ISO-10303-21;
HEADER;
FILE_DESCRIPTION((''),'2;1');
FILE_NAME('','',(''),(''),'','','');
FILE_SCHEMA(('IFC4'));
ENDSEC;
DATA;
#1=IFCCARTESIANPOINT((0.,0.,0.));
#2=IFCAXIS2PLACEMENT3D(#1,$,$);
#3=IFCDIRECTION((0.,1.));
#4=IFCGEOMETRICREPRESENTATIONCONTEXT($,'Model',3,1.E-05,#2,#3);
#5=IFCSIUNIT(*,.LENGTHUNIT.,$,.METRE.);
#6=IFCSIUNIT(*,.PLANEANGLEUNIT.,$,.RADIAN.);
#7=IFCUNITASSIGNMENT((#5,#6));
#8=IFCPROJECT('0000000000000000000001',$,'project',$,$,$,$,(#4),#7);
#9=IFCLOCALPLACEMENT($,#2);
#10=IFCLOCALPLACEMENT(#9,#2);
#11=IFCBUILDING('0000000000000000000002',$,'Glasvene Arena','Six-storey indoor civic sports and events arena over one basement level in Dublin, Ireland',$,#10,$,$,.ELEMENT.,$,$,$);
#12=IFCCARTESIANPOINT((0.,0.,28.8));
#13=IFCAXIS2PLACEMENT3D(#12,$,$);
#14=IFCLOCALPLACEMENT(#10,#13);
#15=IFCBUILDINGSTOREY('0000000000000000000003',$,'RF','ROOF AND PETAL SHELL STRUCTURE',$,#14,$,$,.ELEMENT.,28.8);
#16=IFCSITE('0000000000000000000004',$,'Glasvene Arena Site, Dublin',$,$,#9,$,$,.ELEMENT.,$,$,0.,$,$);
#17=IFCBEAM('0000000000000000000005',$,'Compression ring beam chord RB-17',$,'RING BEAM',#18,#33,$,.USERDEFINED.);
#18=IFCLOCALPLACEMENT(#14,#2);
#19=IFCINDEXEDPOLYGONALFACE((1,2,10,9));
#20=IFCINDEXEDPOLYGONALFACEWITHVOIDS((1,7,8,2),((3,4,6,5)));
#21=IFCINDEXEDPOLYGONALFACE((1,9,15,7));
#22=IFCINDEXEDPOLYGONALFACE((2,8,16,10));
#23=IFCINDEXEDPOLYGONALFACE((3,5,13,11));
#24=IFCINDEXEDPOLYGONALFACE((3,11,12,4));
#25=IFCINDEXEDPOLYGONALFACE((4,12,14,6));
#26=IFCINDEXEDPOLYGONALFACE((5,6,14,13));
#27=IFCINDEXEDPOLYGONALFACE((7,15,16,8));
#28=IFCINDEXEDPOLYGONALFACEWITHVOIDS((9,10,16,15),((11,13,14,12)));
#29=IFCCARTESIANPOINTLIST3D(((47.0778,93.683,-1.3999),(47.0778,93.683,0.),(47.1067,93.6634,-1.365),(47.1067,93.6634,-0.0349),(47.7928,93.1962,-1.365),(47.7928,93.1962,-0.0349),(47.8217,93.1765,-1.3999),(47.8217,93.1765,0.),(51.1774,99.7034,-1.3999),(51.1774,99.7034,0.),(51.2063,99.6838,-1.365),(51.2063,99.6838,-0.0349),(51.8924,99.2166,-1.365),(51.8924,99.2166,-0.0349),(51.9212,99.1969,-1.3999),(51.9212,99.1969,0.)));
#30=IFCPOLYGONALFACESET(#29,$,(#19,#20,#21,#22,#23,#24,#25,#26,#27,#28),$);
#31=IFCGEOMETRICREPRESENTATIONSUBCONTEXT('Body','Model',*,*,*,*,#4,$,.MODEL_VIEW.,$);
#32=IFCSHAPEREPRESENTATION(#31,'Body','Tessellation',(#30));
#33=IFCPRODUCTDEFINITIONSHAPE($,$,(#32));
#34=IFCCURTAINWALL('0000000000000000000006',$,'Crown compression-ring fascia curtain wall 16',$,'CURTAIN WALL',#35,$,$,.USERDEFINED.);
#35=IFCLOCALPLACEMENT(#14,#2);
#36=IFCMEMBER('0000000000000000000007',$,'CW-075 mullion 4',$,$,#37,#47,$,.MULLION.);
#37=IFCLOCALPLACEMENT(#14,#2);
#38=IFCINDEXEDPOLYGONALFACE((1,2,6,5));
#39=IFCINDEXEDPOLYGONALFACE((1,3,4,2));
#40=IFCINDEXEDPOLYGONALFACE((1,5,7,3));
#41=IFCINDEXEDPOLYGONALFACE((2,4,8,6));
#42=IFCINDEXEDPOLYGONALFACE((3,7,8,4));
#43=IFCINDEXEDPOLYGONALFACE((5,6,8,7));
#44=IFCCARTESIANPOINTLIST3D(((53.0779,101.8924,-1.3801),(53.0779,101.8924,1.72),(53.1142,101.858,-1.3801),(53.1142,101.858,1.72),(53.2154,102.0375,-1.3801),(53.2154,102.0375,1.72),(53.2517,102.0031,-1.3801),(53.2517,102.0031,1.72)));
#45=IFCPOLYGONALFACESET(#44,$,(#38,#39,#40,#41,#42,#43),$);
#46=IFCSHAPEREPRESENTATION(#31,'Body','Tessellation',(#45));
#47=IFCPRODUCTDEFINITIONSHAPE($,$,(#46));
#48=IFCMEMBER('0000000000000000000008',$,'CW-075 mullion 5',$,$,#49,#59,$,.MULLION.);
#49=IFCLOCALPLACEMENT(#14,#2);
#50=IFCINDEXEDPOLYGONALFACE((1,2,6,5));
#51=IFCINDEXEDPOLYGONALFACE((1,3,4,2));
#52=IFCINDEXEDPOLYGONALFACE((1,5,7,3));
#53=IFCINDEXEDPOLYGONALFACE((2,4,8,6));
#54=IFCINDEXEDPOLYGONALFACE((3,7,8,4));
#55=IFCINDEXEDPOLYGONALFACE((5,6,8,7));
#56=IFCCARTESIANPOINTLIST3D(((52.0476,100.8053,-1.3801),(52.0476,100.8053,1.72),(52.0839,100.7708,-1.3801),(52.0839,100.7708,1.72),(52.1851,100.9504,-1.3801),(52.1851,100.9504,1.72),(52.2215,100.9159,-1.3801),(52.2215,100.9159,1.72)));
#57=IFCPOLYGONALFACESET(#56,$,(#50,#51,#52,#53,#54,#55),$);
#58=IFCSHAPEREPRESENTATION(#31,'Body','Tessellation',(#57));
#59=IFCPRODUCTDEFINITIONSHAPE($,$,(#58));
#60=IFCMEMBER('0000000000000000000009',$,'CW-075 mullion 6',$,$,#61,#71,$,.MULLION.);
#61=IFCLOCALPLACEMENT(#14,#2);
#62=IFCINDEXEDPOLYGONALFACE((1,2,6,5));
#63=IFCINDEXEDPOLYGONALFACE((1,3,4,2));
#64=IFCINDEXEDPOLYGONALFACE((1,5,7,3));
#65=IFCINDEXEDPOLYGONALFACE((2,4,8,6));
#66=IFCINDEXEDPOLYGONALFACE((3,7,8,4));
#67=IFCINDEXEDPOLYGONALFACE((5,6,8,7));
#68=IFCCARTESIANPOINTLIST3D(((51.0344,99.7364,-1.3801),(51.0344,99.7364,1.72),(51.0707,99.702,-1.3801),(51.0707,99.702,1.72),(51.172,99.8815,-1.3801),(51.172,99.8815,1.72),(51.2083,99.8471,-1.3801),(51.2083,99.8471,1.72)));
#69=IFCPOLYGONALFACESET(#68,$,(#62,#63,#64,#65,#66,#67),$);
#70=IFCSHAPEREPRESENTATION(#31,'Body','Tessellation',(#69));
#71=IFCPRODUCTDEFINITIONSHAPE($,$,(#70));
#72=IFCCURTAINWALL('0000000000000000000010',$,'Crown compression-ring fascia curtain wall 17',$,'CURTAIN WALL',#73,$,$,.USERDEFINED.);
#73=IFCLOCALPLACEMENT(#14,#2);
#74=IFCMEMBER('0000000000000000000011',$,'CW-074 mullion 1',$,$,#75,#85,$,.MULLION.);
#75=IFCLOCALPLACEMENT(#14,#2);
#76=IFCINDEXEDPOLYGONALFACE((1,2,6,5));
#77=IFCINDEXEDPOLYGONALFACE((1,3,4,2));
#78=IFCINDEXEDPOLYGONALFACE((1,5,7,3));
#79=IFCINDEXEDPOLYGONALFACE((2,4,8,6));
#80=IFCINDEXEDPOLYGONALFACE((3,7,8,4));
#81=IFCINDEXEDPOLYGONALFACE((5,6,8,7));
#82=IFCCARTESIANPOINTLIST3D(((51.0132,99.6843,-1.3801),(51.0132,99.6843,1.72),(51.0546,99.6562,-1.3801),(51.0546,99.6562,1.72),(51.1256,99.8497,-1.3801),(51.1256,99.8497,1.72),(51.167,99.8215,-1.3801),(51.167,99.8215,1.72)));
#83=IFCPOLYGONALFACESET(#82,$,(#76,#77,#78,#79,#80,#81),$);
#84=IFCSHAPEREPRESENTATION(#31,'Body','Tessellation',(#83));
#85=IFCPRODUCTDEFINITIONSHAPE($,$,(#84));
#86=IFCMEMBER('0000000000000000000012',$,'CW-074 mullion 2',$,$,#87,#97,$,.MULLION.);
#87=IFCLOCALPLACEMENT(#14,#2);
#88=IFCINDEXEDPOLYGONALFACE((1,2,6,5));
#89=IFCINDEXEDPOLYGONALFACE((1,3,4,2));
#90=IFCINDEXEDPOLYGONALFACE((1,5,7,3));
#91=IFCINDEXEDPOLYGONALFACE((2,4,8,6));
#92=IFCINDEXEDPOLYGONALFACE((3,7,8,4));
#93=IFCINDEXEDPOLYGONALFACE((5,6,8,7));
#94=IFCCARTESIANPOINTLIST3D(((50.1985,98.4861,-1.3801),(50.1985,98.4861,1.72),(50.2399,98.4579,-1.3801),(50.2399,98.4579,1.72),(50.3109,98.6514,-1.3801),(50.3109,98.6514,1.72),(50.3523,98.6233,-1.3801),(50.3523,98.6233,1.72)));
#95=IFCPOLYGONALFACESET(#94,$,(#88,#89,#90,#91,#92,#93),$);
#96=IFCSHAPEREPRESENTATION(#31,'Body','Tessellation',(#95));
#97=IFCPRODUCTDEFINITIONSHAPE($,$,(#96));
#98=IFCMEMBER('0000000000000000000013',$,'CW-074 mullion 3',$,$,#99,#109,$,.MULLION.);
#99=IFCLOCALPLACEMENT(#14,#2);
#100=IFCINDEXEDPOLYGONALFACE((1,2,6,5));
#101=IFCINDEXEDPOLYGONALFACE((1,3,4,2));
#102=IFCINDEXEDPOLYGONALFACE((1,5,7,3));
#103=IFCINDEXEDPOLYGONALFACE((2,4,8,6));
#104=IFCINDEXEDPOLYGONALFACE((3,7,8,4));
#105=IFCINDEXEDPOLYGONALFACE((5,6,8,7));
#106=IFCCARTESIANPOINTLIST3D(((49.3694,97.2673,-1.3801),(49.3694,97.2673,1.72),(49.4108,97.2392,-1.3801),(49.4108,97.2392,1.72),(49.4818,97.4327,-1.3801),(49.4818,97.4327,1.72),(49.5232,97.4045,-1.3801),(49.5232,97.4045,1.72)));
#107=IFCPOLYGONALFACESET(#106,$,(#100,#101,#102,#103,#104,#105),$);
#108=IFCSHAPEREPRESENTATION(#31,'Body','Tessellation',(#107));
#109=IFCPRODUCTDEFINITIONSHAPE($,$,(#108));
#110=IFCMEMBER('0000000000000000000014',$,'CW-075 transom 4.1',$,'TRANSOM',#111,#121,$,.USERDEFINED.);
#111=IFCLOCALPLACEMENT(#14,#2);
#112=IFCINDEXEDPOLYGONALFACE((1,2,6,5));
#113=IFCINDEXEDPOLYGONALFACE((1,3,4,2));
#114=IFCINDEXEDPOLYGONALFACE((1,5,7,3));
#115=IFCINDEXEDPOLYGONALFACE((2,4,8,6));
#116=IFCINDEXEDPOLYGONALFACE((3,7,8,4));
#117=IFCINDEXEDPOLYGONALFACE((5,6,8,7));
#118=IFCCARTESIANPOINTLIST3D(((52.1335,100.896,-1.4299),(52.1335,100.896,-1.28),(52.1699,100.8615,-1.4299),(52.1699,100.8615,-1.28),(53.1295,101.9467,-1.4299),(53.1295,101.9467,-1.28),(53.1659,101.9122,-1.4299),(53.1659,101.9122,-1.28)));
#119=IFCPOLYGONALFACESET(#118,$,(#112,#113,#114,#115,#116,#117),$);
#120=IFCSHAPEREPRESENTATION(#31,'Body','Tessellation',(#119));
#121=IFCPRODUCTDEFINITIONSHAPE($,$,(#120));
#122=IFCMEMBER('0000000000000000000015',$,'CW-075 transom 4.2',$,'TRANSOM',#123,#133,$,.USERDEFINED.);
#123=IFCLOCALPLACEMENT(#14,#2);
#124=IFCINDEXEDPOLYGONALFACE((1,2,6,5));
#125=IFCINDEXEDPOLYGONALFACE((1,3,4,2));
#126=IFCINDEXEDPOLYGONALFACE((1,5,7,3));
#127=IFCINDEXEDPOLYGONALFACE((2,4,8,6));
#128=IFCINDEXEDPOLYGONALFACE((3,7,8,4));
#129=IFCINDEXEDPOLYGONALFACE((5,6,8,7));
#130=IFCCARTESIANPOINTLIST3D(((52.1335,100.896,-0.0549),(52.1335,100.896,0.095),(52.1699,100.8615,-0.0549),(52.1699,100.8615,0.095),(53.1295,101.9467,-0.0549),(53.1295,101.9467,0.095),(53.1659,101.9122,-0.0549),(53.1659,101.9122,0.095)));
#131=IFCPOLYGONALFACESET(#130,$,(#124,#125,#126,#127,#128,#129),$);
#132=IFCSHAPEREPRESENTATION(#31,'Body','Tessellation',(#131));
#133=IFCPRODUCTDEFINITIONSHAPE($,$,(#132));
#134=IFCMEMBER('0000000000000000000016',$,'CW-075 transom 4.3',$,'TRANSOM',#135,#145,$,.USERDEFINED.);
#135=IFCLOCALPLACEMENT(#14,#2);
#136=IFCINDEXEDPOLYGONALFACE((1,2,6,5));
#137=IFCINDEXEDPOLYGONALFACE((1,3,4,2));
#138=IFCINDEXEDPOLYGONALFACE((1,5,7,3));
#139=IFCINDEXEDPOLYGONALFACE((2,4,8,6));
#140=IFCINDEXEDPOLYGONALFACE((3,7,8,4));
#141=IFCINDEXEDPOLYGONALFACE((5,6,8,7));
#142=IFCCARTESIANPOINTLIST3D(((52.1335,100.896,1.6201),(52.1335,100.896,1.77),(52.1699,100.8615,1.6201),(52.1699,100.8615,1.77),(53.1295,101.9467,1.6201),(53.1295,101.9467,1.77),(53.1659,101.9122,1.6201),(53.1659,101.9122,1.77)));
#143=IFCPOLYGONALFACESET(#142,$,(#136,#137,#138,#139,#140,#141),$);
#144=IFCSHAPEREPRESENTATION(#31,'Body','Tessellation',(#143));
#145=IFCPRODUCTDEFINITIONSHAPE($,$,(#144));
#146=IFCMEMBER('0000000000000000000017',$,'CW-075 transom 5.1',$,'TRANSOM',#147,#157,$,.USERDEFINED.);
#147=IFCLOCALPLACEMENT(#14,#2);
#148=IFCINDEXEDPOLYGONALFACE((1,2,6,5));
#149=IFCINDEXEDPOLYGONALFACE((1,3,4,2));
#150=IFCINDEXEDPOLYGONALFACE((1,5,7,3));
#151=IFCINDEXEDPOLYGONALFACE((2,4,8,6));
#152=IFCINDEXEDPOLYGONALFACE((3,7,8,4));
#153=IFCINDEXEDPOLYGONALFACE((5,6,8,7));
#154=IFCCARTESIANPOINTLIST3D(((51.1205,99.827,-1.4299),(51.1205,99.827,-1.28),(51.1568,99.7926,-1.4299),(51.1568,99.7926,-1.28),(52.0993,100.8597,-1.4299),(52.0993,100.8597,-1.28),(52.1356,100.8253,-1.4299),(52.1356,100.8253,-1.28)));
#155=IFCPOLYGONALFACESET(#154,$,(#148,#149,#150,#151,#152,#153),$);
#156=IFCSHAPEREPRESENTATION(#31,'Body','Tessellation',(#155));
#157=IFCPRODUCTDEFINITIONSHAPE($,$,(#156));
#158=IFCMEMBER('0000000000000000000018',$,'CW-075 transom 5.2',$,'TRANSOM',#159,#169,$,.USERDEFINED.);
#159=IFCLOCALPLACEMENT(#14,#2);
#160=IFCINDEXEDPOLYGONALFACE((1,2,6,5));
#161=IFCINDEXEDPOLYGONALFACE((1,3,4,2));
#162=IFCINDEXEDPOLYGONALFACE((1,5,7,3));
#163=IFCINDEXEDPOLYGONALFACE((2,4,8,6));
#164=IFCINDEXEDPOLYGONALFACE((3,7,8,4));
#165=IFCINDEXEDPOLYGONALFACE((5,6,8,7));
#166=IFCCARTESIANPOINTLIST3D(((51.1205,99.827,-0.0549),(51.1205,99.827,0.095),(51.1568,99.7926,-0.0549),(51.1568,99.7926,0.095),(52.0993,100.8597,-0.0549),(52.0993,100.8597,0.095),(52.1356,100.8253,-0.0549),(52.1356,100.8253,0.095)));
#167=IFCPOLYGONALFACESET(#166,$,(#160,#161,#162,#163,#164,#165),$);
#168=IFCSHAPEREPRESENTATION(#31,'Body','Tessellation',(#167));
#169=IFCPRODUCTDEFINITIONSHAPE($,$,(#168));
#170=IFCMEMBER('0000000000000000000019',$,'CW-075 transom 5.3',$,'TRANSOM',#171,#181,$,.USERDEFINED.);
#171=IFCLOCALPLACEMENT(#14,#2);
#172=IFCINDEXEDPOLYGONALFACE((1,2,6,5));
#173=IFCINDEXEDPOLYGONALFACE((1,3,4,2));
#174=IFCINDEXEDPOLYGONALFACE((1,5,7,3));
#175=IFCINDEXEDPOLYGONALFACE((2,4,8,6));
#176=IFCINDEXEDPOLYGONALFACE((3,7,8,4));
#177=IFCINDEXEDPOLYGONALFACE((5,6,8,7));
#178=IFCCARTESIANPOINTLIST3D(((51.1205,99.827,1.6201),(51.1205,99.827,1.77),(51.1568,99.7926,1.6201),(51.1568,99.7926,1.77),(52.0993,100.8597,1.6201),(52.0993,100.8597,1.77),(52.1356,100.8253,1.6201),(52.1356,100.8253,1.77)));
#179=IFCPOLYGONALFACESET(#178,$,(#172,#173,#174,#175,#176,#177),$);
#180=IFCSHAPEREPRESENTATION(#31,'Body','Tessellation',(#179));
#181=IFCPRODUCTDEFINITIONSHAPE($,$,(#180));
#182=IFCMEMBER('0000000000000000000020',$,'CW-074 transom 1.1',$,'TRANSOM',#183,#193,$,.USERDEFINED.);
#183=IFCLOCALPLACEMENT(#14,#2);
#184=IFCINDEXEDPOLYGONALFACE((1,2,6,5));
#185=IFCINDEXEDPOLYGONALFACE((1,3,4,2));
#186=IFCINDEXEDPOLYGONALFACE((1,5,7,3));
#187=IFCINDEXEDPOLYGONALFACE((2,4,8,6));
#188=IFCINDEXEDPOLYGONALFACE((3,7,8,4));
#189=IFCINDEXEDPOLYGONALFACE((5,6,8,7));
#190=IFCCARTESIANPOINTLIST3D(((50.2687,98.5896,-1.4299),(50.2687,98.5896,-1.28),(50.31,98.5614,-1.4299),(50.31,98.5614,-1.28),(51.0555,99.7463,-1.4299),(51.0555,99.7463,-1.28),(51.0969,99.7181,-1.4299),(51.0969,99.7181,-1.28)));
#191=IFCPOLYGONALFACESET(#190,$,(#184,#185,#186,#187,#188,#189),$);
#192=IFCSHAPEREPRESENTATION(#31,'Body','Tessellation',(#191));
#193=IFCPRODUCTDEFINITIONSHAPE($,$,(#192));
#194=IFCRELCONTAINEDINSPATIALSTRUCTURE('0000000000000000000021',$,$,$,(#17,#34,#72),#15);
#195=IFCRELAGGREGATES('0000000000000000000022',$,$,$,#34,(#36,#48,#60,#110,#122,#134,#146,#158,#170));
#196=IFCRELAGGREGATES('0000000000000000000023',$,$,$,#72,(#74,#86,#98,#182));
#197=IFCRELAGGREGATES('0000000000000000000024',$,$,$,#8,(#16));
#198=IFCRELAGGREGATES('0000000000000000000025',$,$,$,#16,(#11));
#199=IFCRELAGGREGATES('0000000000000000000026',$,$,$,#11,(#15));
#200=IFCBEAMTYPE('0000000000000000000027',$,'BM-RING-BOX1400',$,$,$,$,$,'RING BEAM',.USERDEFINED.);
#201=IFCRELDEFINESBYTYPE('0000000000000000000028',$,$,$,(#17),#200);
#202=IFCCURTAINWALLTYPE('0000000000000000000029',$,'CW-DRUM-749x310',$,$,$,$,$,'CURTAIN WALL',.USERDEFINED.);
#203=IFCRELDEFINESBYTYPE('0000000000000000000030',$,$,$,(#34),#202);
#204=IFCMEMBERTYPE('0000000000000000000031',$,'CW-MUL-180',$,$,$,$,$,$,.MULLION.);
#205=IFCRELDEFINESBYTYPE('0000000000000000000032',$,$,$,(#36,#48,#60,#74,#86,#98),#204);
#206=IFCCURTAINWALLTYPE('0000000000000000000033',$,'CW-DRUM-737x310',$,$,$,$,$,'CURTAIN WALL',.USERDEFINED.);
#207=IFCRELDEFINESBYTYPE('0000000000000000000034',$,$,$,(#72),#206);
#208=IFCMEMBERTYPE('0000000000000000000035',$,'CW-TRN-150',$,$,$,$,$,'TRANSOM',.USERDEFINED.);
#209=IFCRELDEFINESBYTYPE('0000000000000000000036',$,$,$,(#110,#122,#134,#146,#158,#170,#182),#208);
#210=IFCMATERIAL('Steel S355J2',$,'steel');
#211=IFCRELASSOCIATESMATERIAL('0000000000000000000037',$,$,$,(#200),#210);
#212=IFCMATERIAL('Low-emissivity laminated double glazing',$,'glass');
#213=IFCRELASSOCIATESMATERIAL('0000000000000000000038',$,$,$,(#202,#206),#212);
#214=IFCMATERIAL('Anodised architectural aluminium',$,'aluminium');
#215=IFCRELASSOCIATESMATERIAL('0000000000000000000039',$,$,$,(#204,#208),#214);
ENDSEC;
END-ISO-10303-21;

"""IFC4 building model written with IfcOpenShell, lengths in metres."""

from ifc_helpers import new_model, si_unit, direction, frame, origin, origin_2d, place, context, subcontext, project, spatial, rectangle, hollow_rectangle, extrude, material, material_profile, profile_set, type_object, element, aggregate, save


model = new_model("IFC4")

# Units and contexts
model_context = context("Model", 3, precision=1e-05, world=origin(), true_north=direction((0.0, 1.0)))
body_context = subcontext(model_context, "Body", "Model", "MODEL_VIEW")
ifc_project = project(units=[si_unit("LENGTHUNIT", "METRE"), si_unit("PLANEANGLEUNIT", "RADIAN")], contexts=[model_context])

# Site, building, storey
site_placement = place(None, origin())
site = spatial("IfcSite", under=ifc_project, at=site_placement, Name="Glasvene Arena Site, Dublin", CompositionType="ELEMENT", RefElevation=0.0)
building_placement = place(site_placement, origin())
building = spatial("IfcBuilding", under=site, at=building_placement, Name="Glasvene Arena", Description="Six-storey indoor civic sports and events arena over one basement level in Dublin, Ireland", CompositionType="ELEMENT")
storey_placement = place(building_placement, frame((0.0, 0.0, 28.8)))
storey = spatial("IfcBuildingStorey", under=building, at=storey_placement, Name="RF", Description="ROOF AND PETAL SHELL STRUCTURE", CompositionType="ELEMENT", Elevation=28.8)

# Beam
ifc_material_1 = material(Name="Steel S355J2", Category="steel")
ifc_material_profile_1 = material_profile(ifc_material_1, hollow_rectangle(XDim=0.8999, YDim=1.3999, WallThickness=0.0349, at=origin_2d()), Name="WBOX 900x1400x35")
ifc_profile_set_1 = profile_set([ifc_material_profile_1], Name="Steel S355J2")
beam_type = type_object("IfcBeamType", Name="BM-RING-BOX1400", ElementType="RING BEAM", PredefinedType="USERDEFINED", material=ifc_profile_set_1)
beam_placement = place(storey_placement, frame((51.5493, 99.4502, -0.7), z_axis=(-0.562842, -0.826565, 0.0), x_axis=(0.826565, -0.562842, 0.0)))
element("IfcBeam", 1, at=beam_placement, inside=storey, type_object=beam_type, Name="Compression ring beam chord RB-17", ObjectType="RING BEAM", PredefinedType="USERDEFINED", context=body_context, shape_type="SweptSolid", body=[
    extrude(hollow_rectangle(XDim=0.8999, YDim=1.3999, WallThickness=0.0349, at=origin_2d()), origin(), (0.0, 0.0, 1.0), 7.2837),
])

# Curtain walls, members
ifc_material_2 = material(Name="Low-emissivity laminated double glazing", Category="glass")
curtain_wall_type_1 = type_object("IfcCurtainWallType", Name="CW-DRUM-749x310", ElementType="CURTAIN WALL", PredefinedType="USERDEFINED", material=ifc_material_2)
curtain_wall_1_placement = place(storey_placement, frame((56.2559, 105.2087, 0.0)))
curtain_wall_1 = element("IfcCurtainWall", 2, at=curtain_wall_1_placement, inside=storey, type_object=curtain_wall_type_1, Name="Crown compression-ring fascia curtain wall 16", ObjectType="CURTAIN WALL", PredefinedType="USERDEFINED")
ifc_material_3 = material(Name="Anodised architectural aluminium", Category="aluminium")
ifc_material_profile_2 = material_profile(ifc_material_3, rectangle(XDim=0.05, YDim=0.2, at=origin_2d()), Name="ALU MULLION 50x200")
ifc_profile_set_2 = profile_set([ifc_material_profile_2], Name="Anodised architectural aluminium")
member_type_1 = type_object("IfcMemberType", Name="CW-MUL-180", PredefinedType="MULLION", material=ifc_profile_set_2)
member_1_placement = place(storey_placement, frame((53.1648, 101.9478, -1.3801), z_axis=(0.0, 0.0, 1.0), x_axis=(0.725782, -0.687925, 0.0)))
member_1 = element("IfcMember", 3, at=member_1_placement, type_object=member_type_1, Name="CW-075 mullion 4", PredefinedType="MULLION", context=body_context, shape_type="SweptSolid", body=[
    extrude(rectangle(XDim=0.05, YDim=0.2, at=origin_2d()), origin(), (0.0, 0.0, 1.0), 3.1001),
])
member_2_placement = place(storey_placement, frame((52.1345, 100.8606, -1.3801), z_axis=(0.0, 0.0, 1.0), x_axis=(0.725782, -0.687925, 0.0)))
member_2 = element("IfcMember", 4, at=member_2_placement, type_object=member_type_1, Name="CW-075 mullion 5", PredefinedType="MULLION", context=body_context, shape_type="SweptSolid", body=[
    extrude(rectangle(XDim=0.05, YDim=0.2, at=origin_2d()), origin(), (0.0, 0.0, 1.0), 3.1001),
])
member_3_placement = place(storey_placement, frame((51.1213, 99.7917, -1.3801), z_axis=(0.0, 0.0, 1.0), x_axis=(0.725782, -0.687925, 0.0)))
member_3 = element("IfcMember", 5, at=member_3_placement, type_object=member_type_1, Name="CW-075 mullion 6", PredefinedType="MULLION", context=body_context, shape_type="SweptSolid", body=[
    extrude(rectangle(XDim=0.05, YDim=0.2, at=origin_2d()), origin(), (0.0, 0.0, 1.0), 3.1001),
])
curtain_wall_type_2 = type_object("IfcCurtainWallType", Name="CW-DRUM-737x310", ElementType="CURTAIN WALL", PredefinedType="USERDEFINED", material=ifc_material_2)
curtain_wall_2_placement = place(storey_placement, frame((51.1042, 99.7737, 0.0)))
curtain_wall_2 = element("IfcCurtainWall", 6, at=curtain_wall_2_placement, inside=storey, type_object=curtain_wall_type_2, Name="Crown compression-ring fascia curtain wall 17", ObjectType="CURTAIN WALL", PredefinedType="USERDEFINED")
member_4_placement = place(storey_placement, frame((51.0901, 99.7529, -1.3801), z_axis=(0.0, 0.0, 1.0), x_axis=(0.826896, -0.562354, 0.0)))
member_4 = element("IfcMember", 7, at=member_4_placement, type_object=member_type_1, Name="CW-074 mullion 1", PredefinedType="MULLION", context=body_context, shape_type="SweptSolid", body=[
    extrude(rectangle(XDim=0.05, YDim=0.2, at=origin_2d()), origin(), (0.0, 0.0, 1.0), 3.1001),
])
member_5_placement = place(storey_placement, frame((50.2754, 98.5547, -1.3801), z_axis=(0.0, 0.0, 1.0), x_axis=(0.826896, -0.562354, 0.0)))
member_5 = element("IfcMember", 8, at=member_5_placement, type_object=member_type_1, Name="CW-074 mullion 2", PredefinedType="MULLION", context=body_context, shape_type="SweptSolid", body=[
    extrude(rectangle(XDim=0.05, YDim=0.2, at=origin_2d()), origin(), (0.0, 0.0, 1.0), 3.1001),
])
member_6_placement = place(storey_placement, frame((49.4463, 97.3359, -1.3801), z_axis=(0.0, 0.0, 1.0), x_axis=(0.826896, -0.562354, 0.0)))
member_6 = element("IfcMember", 9, at=member_6_placement, type_object=member_type_1, Name="CW-074 mullion 3", PredefinedType="MULLION", context=body_context, shape_type="SweptSolid", body=[
    extrude(rectangle(XDim=0.05, YDim=0.2, at=origin_2d()), origin(), (0.0, 0.0, 1.0), 3.1001),
])

# Members
ifc_material_profile_3 = material_profile(ifc_material_3, rectangle(XDim=0.05, YDim=0.1499, at=origin_2d()), Name="ALU TRANSOM 50x150")
ifc_profile_set_3 = profile_set([ifc_material_profile_3], Name="Anodised architectural aluminium")
member_type_2 = type_object("IfcMemberType", Name="CW-TRN-150", ElementType="TRANSOM", PredefinedType="USERDEFINED", material=ifc_profile_set_3)
member_7_placement = place(storey_placement, frame((53.1477, 101.9294, -1.355), z_axis=(-0.687969, -0.72574, 0.0), x_axis=(0.72574, -0.687969, 0.0)))
member_7 = element("IfcMember", 10, at=member_7_placement, type_object=member_type_2, Name="CW-075 transom 4.1", ObjectType="TRANSOM", PredefinedType="USERDEFINED", context=body_context, shape_type="SweptSolid", body=[
    extrude(rectangle(XDim=0.05, YDim=0.1499, at=origin_2d()), origin(), (0.0, 0.0, 1.0), 1.4478),
])
member_8_placement = place(storey_placement, frame((53.1477, 101.9294, 0.02), z_axis=(-0.687969, -0.72574, 0.0), x_axis=(0.72574, -0.687969, 0.0)))
member_8 = element("IfcMember", 11, at=member_8_placement, type_object=member_type_2, Name="CW-075 transom 4.2", ObjectType="TRANSOM", PredefinedType="USERDEFINED", context=body_context, shape_type="SweptSolid", body=[
    extrude(rectangle(XDim=0.05, YDim=0.1499, at=origin_2d()), origin(), (0.0, 0.0, 1.0), 1.4478),
])
member_9_placement = place(storey_placement, frame((53.1477, 101.9294, 1.6951), z_axis=(-0.687969, -0.72574, 0.0), x_axis=(0.72574, -0.687969, 0.0)))
member_9 = element("IfcMember", 12, at=member_9_placement, type_object=member_type_2, Name="CW-075 transom 4.3", ObjectType="TRANSOM", PredefinedType="USERDEFINED", context=body_context, shape_type="SweptSolid", body=[
    extrude(rectangle(XDim=0.05, YDim=0.1499, at=origin_2d()), origin(), (0.0, 0.0, 1.0), 1.4478),
])
member_10_placement = place(storey_placement, frame((52.1174, 100.8425, -1.355), z_axis=(-0.687892, -0.725813, 0.0), x_axis=(0.725813, -0.687892, 0.0)))
member_10 = element("IfcMember", 13, at=member_10_placement, type_object=member_type_2, Name="CW-075 transom 5.1", ObjectType="TRANSOM", PredefinedType="USERDEFINED", context=body_context, shape_type="SweptSolid", body=[
    extrude(rectangle(XDim=0.05, YDim=0.1499, at=origin_2d()), origin(), (0.0, 0.0, 1.0), 1.4229),
])
member_11_placement = place(storey_placement, frame((52.1174, 100.8425, 0.02), z_axis=(-0.687892, -0.725813, 0.0), x_axis=(0.725813, -0.687892, 0.0)))
member_11 = element("IfcMember", 14, at=member_11_placement, type_object=member_type_2, Name="CW-075 transom 5.2", ObjectType="TRANSOM", PredefinedType="USERDEFINED", context=body_context, shape_type="SweptSolid", body=[
    extrude(rectangle(XDim=0.05, YDim=0.1499, at=origin_2d()), origin(), (0.0, 0.0, 1.0), 1.4229),
])
member_12_placement = place(storey_placement, frame((52.1174, 100.8425, 1.6951), z_axis=(-0.687892, -0.725813, 0.0), x_axis=(0.725813, -0.687892, 0.0)))
member_12 = element("IfcMember", 15, at=member_12_placement, type_object=member_type_2, Name="CW-075 transom 5.3", ObjectType="TRANSOM", PredefinedType="USERDEFINED", context=body_context, shape_type="SweptSolid", body=[
    extrude(rectangle(XDim=0.05, YDim=0.1499, at=origin_2d()), origin(), (0.0, 0.0, 1.0), 1.4229),
])
member_13_placement = place(storey_placement, frame((51.0762, 99.7322, -1.355), z_axis=(-0.562448, -0.826832, 0.0), x_axis=(0.826832, -0.562448, 0.0)))
member_13 = element("IfcMember", 16, at=member_13_placement, type_object=member_type_2, Name="CW-074 transom 1.1", ObjectType="TRANSOM", PredefinedType="USERDEFINED", context=body_context, shape_type="SweptSolid", body=[
    extrude(rectangle(XDim=0.05, YDim=0.1499, at=origin_2d()), origin(), (0.0, 0.0, 1.0), 1.3989),
])

aggregate(curtain_wall_1, [member_1, member_2, member_3, member_7, member_8, member_9, member_10, member_11, member_12])
aggregate(curtain_wall_2, [member_4, member_5, member_6, member_13])

save(model, "model.ifc")
